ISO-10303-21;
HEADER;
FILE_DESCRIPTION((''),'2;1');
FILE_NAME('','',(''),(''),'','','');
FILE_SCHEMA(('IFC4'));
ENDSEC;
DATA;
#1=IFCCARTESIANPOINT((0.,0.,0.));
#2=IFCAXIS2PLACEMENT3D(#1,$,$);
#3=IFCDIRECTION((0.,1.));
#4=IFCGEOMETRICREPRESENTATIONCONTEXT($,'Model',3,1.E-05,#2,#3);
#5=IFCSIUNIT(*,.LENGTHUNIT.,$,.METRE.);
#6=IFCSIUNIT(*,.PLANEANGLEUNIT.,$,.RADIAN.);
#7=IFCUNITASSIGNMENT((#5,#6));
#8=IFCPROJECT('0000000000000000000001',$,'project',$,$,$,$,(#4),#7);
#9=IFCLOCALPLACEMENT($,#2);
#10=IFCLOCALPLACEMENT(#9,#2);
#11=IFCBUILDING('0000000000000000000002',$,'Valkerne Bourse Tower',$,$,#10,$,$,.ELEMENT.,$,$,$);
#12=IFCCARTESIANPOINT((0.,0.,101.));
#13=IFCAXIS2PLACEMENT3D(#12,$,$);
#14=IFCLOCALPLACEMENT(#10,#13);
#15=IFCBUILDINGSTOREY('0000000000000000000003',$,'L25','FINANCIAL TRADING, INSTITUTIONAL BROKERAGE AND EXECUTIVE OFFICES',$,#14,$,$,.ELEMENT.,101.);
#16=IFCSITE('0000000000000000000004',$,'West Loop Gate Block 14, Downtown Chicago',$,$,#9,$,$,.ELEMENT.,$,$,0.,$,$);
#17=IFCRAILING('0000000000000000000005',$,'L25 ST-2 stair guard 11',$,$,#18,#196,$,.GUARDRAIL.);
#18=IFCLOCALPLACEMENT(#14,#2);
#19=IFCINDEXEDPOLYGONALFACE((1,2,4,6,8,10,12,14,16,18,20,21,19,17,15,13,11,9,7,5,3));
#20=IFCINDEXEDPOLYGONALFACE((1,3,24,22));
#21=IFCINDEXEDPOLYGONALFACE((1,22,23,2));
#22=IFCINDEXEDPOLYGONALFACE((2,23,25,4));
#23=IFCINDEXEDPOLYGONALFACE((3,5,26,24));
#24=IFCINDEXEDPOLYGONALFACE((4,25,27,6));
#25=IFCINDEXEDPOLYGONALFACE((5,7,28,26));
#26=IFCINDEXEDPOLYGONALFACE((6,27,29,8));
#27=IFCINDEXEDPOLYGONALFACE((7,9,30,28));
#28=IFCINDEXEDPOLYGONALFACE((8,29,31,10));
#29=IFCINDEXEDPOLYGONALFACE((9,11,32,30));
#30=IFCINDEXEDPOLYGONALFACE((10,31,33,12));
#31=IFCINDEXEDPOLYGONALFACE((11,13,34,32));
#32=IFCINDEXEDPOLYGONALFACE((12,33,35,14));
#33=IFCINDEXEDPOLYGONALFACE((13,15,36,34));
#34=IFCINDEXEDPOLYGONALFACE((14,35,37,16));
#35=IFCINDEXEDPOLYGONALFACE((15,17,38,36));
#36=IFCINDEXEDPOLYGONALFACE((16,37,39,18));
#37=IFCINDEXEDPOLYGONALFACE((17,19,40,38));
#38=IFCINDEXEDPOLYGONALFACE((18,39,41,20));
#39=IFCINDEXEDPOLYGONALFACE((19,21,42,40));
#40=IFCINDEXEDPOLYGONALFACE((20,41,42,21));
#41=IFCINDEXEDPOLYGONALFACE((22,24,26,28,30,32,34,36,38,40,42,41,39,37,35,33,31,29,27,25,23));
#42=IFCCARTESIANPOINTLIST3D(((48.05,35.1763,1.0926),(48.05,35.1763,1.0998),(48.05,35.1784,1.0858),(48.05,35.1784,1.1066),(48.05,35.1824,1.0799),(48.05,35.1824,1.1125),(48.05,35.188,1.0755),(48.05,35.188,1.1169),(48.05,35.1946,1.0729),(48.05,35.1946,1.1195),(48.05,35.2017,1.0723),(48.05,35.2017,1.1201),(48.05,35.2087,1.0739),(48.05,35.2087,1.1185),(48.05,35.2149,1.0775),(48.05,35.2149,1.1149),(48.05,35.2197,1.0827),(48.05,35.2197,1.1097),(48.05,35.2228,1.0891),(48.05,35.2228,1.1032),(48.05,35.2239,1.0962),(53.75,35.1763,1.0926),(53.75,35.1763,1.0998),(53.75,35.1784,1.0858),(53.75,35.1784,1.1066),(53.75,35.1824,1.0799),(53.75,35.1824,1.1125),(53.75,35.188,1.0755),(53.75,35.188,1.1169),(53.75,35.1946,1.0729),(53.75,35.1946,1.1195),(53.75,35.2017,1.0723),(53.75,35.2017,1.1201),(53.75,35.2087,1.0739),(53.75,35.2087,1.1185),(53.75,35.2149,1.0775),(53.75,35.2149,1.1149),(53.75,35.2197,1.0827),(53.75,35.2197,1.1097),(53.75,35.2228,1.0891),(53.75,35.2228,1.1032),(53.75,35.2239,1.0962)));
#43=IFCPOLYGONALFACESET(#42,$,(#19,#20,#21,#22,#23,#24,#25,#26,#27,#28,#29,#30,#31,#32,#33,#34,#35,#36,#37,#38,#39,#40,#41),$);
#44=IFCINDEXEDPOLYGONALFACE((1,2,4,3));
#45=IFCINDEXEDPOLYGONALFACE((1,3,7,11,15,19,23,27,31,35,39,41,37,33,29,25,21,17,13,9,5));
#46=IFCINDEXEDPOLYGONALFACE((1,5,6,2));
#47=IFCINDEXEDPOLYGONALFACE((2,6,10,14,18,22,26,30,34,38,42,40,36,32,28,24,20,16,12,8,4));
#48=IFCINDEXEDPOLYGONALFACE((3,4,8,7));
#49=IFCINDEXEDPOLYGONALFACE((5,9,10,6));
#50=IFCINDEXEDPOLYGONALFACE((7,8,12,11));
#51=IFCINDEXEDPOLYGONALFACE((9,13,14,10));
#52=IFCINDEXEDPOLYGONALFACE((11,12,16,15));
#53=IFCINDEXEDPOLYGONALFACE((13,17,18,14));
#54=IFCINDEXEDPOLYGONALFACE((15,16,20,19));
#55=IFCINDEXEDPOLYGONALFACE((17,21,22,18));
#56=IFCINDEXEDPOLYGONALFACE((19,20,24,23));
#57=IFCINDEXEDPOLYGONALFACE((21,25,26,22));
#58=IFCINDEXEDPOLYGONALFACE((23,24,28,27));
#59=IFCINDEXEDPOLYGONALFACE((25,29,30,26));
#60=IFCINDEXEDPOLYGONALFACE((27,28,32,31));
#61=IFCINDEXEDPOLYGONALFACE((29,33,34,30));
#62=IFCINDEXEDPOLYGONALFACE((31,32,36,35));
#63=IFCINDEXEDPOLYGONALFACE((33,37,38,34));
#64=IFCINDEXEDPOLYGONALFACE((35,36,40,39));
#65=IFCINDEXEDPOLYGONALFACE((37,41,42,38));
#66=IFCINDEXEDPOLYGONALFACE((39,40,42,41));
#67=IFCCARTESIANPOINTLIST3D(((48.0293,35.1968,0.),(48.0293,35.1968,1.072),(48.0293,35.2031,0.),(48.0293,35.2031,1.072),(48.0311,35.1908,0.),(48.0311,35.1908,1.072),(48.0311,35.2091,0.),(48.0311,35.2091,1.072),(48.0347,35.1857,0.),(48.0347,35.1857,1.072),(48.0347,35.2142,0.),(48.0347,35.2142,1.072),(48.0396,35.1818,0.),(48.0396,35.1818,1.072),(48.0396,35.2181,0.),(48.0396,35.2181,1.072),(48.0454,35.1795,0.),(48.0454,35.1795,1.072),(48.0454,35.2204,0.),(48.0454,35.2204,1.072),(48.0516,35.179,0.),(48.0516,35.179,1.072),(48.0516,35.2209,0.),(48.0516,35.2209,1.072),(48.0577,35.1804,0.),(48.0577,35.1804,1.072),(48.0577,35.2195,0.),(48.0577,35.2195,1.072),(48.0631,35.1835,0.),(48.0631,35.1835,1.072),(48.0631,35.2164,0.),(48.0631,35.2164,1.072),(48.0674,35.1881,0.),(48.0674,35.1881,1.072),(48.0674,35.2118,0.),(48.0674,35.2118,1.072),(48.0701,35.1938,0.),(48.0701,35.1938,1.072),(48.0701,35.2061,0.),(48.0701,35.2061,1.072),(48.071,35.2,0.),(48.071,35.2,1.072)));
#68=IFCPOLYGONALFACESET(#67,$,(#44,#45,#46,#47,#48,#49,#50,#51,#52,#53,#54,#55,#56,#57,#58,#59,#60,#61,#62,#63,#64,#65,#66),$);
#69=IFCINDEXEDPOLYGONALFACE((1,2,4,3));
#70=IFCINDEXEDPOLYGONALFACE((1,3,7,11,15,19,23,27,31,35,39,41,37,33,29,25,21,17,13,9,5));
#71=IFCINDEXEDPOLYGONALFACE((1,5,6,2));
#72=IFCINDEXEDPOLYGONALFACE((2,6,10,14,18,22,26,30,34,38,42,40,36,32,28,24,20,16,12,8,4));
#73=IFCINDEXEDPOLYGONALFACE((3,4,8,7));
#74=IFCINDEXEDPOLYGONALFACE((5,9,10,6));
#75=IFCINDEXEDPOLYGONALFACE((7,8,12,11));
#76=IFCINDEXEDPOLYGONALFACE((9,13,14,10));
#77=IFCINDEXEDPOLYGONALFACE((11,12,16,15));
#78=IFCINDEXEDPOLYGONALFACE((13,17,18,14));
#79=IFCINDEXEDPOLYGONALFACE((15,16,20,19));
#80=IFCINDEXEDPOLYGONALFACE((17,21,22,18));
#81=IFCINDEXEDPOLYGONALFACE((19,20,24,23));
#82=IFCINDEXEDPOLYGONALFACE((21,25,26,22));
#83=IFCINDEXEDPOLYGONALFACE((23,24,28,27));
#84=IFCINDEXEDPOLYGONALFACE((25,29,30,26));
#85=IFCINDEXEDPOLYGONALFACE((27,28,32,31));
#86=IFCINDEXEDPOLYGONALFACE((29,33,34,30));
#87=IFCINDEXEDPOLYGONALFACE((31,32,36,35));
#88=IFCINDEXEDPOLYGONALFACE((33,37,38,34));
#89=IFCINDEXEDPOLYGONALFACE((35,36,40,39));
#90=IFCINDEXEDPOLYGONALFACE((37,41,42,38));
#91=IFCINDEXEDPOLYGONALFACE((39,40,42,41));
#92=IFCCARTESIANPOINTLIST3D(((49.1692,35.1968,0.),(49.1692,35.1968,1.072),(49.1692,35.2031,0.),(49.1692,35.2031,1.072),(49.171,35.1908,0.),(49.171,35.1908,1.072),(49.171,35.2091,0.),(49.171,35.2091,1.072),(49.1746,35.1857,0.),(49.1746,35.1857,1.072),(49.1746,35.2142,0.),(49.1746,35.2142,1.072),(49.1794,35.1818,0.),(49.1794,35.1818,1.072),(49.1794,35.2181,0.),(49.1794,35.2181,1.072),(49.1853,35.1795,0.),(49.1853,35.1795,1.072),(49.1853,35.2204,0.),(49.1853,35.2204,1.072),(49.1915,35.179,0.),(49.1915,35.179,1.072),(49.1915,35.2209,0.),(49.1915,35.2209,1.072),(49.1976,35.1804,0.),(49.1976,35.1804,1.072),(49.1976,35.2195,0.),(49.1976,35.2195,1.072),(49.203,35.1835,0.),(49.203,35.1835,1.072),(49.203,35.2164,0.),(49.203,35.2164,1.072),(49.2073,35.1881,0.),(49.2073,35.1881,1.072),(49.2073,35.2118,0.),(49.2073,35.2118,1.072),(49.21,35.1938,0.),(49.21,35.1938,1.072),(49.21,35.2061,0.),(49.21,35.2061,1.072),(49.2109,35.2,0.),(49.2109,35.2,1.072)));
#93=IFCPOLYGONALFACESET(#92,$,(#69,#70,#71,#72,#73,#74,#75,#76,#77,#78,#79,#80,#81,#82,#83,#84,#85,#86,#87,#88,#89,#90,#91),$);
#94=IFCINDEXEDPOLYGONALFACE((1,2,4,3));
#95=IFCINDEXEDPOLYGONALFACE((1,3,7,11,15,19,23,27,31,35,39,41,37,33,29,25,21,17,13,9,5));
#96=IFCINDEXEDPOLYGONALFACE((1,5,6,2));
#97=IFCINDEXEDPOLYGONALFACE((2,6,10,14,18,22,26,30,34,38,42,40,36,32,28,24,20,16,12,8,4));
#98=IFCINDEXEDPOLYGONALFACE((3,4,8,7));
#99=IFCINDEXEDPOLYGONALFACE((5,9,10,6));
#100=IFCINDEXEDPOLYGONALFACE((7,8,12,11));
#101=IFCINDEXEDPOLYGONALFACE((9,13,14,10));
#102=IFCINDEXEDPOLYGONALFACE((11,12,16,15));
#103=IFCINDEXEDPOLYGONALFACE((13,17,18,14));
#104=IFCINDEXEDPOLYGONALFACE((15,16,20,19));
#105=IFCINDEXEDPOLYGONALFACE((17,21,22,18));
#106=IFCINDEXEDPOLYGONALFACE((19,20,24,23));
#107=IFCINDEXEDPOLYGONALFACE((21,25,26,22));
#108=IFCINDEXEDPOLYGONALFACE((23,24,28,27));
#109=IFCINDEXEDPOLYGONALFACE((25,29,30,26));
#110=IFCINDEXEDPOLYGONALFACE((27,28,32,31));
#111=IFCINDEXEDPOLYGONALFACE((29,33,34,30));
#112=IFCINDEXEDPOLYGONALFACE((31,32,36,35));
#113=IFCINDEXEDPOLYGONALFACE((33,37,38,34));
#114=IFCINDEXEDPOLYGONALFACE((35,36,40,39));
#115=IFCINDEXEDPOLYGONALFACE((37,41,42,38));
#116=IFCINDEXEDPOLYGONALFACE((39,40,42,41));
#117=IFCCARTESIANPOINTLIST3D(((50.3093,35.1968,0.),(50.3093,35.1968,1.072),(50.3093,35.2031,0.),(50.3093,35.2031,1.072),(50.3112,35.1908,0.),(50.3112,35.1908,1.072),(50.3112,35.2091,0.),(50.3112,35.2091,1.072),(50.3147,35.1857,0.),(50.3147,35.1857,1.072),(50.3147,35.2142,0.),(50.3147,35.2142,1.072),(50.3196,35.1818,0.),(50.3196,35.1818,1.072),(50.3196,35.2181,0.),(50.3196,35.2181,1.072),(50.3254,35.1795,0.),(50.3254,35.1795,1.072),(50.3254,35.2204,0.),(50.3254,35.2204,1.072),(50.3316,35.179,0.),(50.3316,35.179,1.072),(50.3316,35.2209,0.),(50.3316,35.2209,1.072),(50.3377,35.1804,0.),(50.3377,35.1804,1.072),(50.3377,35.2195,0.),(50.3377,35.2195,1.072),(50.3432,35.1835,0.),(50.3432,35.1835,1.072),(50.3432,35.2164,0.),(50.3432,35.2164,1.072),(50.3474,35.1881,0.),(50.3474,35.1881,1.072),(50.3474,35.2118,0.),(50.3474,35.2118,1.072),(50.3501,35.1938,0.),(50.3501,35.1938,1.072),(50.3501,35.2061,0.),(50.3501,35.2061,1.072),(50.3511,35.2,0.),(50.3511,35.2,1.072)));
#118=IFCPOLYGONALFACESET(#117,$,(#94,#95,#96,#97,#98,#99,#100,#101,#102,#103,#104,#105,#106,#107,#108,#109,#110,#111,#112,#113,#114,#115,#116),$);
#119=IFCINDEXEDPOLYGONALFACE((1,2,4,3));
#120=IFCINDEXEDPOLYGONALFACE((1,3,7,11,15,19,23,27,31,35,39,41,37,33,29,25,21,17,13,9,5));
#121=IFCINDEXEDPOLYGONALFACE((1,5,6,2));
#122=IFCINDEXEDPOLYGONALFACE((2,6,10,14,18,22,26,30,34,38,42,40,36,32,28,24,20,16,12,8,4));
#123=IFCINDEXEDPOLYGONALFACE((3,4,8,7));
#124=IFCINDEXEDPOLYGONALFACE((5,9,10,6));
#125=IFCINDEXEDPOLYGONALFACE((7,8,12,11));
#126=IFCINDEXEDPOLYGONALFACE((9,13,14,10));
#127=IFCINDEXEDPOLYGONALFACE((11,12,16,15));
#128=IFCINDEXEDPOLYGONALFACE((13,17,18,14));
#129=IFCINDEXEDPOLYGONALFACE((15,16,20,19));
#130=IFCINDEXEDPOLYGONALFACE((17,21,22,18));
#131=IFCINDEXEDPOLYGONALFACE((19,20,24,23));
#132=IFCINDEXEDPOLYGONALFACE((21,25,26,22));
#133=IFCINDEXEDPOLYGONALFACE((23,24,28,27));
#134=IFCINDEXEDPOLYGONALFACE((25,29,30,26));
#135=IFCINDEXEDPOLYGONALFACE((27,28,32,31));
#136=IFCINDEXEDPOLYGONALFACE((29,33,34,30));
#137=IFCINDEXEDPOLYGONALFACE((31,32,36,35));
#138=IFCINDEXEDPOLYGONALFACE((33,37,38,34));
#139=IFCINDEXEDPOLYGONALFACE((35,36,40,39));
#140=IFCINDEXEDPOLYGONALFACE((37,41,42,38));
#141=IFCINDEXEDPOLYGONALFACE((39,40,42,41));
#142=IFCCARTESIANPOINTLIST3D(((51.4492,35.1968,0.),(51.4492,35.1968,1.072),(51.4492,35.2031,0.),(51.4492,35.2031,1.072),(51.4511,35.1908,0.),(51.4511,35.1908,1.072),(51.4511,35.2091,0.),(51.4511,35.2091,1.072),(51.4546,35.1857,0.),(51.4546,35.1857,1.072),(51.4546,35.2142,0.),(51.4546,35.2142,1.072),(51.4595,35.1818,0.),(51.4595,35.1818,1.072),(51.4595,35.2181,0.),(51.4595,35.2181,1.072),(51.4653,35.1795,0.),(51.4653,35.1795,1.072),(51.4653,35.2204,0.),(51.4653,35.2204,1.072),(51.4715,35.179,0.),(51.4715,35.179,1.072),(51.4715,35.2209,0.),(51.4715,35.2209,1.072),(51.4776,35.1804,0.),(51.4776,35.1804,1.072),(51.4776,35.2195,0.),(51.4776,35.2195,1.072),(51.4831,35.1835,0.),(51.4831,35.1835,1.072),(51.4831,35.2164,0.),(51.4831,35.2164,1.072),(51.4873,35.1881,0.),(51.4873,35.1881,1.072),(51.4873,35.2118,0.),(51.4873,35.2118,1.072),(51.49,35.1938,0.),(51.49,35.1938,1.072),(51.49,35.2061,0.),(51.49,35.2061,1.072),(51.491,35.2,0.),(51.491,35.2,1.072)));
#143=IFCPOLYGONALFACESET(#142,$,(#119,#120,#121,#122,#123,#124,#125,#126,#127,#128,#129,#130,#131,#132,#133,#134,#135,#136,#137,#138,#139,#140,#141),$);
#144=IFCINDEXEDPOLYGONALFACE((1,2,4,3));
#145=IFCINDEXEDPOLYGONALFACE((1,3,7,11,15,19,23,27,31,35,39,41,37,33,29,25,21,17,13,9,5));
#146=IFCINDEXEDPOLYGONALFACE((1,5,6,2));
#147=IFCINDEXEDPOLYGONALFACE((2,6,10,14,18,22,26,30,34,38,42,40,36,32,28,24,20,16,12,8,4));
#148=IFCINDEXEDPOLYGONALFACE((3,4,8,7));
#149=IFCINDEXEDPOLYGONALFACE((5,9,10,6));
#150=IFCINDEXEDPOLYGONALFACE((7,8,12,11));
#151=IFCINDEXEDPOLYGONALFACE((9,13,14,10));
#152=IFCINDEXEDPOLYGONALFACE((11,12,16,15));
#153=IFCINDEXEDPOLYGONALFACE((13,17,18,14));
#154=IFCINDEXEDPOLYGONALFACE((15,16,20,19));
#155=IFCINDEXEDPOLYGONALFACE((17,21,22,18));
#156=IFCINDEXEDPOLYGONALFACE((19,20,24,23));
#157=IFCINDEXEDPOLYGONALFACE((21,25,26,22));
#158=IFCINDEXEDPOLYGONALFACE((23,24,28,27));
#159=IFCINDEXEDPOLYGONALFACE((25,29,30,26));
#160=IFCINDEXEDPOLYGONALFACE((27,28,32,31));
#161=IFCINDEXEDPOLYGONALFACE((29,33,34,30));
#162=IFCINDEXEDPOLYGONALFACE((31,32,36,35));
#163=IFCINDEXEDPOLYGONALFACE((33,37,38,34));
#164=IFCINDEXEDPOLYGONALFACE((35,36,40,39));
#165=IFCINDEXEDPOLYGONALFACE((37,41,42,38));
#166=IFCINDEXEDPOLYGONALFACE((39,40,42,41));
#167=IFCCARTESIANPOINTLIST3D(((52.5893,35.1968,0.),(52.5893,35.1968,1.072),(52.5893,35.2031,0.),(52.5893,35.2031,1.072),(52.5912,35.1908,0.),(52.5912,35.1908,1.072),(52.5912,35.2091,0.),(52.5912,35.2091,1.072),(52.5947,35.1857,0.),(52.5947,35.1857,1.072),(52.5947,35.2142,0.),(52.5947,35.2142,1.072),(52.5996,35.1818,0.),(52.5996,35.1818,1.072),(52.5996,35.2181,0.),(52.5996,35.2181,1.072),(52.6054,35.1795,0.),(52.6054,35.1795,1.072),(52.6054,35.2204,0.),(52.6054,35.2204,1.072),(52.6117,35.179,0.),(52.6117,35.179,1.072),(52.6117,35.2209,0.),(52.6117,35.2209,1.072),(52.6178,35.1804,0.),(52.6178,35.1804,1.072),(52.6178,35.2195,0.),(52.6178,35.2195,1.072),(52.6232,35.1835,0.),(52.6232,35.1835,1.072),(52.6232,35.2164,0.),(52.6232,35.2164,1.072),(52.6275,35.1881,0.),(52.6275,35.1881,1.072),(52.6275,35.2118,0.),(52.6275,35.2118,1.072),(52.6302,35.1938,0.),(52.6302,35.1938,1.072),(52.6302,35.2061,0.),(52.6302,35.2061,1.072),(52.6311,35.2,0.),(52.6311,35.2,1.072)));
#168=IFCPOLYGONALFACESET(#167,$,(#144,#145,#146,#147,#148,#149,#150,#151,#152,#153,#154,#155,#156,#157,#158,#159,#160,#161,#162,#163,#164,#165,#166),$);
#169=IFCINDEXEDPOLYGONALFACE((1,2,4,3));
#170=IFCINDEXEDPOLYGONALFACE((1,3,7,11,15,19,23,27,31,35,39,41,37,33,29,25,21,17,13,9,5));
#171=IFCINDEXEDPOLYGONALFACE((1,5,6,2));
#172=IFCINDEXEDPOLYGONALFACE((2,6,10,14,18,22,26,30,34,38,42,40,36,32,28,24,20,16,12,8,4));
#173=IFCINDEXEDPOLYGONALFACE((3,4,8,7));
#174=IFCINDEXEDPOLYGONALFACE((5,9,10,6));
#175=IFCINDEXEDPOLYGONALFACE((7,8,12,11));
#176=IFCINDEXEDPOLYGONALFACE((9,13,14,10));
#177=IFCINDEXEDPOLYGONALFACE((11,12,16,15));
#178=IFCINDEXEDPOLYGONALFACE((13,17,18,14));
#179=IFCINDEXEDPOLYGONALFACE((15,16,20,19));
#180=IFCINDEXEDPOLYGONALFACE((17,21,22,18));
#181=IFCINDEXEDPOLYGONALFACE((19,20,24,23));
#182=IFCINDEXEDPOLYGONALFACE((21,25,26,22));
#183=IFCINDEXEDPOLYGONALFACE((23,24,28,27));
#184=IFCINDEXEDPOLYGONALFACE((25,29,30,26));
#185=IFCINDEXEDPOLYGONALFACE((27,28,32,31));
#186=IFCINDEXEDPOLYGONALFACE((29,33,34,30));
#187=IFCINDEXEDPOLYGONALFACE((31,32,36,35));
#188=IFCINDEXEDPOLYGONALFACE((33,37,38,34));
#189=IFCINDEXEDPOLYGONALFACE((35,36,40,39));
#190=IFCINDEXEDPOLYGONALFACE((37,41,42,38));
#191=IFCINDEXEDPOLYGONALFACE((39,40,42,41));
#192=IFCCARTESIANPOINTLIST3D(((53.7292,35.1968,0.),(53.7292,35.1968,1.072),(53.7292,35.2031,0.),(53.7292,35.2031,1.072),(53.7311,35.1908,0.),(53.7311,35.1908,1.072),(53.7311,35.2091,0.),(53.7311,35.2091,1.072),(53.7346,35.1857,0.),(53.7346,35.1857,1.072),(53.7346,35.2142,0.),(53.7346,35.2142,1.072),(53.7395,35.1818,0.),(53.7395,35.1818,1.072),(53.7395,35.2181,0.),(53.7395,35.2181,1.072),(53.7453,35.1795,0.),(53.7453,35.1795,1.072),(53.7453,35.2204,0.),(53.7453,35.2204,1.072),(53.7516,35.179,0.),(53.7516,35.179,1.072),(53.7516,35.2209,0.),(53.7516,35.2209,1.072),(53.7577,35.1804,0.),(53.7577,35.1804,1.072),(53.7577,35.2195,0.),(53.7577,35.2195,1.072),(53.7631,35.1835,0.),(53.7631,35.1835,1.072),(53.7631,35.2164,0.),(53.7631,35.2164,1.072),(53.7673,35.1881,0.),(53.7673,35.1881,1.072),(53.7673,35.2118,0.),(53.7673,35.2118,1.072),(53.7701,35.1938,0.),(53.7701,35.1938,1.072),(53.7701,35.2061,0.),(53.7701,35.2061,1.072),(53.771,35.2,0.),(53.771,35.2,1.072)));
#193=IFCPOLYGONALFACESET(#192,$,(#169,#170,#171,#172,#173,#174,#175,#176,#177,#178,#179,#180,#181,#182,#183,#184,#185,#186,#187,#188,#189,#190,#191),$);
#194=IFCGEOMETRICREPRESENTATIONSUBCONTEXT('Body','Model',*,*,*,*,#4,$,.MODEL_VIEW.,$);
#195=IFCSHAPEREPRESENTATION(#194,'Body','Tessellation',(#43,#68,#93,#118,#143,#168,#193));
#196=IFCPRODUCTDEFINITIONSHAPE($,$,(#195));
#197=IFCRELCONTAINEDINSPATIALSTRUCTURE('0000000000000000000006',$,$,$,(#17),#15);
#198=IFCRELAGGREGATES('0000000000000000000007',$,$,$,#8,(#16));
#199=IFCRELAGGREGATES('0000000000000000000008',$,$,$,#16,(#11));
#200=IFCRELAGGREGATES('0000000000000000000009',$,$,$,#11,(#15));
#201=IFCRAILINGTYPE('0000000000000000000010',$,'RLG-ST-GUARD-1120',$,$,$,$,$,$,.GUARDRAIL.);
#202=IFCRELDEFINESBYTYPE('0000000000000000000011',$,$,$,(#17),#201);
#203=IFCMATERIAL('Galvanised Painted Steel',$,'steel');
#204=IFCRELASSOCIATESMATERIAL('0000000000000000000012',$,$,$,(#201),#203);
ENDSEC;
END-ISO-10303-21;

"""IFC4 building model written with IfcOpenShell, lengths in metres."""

from ifc_helpers import new_model, si_unit, direction, frame, origin, origin_2d, place, context, subcontext, project, spatial, circle, extrude, material, type_object, element, save


model = new_model("IFC4")

# Units and contexts
model_context = context("Model", 3, precision=1e-05, world=origin(), true_north=direction((0.0, 1.0)))
body_context = subcontext(model_context, "Body", "Model", "MODEL_VIEW")
ifc_project = project(units=[si_unit("LENGTHUNIT", "METRE"), si_unit("PLANEANGLEUNIT", "RADIAN")], contexts=[model_context])

# Site, building, storey
site_placement = place(None, origin())
site = spatial("IfcSite", under=ifc_project, at=site_placement, Name="West Loop Gate Block 14, Downtown Chicago", CompositionType="ELEMENT", RefElevation=0.0)
building_placement = place(site_placement, origin())
building = spatial("IfcBuilding", under=site, at=building_placement, Name="Valkerne Bourse Tower", CompositionType="ELEMENT")
storey_placement = place(building_placement, frame((0.0, 0.0, 101.0)))
storey = spatial("IfcBuildingStorey", under=building, at=storey_placement, Name="L25", Description="FINANCIAL TRADING, INSTITUTIONAL BROKERAGE AND EXECUTIVE OFFICES", CompositionType="ELEMENT", Elevation=101.0)

# Shared definitions
ifc_material_1 = material(Name="Galvanised Painted Steel", Category="steel")

# Railing
railing_type_1 = type_object("IfcRailingType", Name="RLG-ST-GUARD-1120", PredefinedType="GUARDRAIL", material=ifc_material_1)
for number, where, name in (
    (1, (48.05, 35.2, 0.0), "L25 ST-2 stair guard 11"),
):
    element("IfcRailing", number, at=place(storey_placement, frame(where)), inside=storey, type_object=railing_type_1, Name=name, PredefinedType="GUARDRAIL", context=body_context, shape_type="SweptSolid", body=[
        extrude(circle(Radius=0.0239, at=origin_2d()), frame((0.0, 0.0, 1.0962), z_axis=(1.0, 0.0, 0.0), x_axis=(0.0, 1.0, 0.0)), (0.0, 0.0, 1.0), 5.7),
        extrude(circle(Radius=0.021, at=origin_2d()), origin(), (0.0, 0.0, 1.0), 1.072),
        extrude(circle(Radius=0.021, at=origin_2d()), frame((1.1399, 0.0, 0.0)), (0.0, 0.0, 1.0), 1.072),
        extrude(circle(Radius=0.021, at=origin_2d()), frame((2.28, 0.0, 0.0)), (0.0, 0.0, 1.0), 1.072),
        extrude(circle(Radius=0.021, at=origin_2d()), frame((3.4199, 0.0, 0.0)), (0.0, 0.0, 1.0), 1.072),
        extrude(circle(Radius=0.021, at=origin_2d()), frame((4.5601, 0.0, 0.0)), (0.0, 0.0, 1.0), 1.072),
        extrude(circle(Radius=0.021, at=origin_2d()), frame((5.7, 0.0, 0.0)), (0.0, 0.0, 1.0), 1.072),
    ])

save(model, "model.ifc")
